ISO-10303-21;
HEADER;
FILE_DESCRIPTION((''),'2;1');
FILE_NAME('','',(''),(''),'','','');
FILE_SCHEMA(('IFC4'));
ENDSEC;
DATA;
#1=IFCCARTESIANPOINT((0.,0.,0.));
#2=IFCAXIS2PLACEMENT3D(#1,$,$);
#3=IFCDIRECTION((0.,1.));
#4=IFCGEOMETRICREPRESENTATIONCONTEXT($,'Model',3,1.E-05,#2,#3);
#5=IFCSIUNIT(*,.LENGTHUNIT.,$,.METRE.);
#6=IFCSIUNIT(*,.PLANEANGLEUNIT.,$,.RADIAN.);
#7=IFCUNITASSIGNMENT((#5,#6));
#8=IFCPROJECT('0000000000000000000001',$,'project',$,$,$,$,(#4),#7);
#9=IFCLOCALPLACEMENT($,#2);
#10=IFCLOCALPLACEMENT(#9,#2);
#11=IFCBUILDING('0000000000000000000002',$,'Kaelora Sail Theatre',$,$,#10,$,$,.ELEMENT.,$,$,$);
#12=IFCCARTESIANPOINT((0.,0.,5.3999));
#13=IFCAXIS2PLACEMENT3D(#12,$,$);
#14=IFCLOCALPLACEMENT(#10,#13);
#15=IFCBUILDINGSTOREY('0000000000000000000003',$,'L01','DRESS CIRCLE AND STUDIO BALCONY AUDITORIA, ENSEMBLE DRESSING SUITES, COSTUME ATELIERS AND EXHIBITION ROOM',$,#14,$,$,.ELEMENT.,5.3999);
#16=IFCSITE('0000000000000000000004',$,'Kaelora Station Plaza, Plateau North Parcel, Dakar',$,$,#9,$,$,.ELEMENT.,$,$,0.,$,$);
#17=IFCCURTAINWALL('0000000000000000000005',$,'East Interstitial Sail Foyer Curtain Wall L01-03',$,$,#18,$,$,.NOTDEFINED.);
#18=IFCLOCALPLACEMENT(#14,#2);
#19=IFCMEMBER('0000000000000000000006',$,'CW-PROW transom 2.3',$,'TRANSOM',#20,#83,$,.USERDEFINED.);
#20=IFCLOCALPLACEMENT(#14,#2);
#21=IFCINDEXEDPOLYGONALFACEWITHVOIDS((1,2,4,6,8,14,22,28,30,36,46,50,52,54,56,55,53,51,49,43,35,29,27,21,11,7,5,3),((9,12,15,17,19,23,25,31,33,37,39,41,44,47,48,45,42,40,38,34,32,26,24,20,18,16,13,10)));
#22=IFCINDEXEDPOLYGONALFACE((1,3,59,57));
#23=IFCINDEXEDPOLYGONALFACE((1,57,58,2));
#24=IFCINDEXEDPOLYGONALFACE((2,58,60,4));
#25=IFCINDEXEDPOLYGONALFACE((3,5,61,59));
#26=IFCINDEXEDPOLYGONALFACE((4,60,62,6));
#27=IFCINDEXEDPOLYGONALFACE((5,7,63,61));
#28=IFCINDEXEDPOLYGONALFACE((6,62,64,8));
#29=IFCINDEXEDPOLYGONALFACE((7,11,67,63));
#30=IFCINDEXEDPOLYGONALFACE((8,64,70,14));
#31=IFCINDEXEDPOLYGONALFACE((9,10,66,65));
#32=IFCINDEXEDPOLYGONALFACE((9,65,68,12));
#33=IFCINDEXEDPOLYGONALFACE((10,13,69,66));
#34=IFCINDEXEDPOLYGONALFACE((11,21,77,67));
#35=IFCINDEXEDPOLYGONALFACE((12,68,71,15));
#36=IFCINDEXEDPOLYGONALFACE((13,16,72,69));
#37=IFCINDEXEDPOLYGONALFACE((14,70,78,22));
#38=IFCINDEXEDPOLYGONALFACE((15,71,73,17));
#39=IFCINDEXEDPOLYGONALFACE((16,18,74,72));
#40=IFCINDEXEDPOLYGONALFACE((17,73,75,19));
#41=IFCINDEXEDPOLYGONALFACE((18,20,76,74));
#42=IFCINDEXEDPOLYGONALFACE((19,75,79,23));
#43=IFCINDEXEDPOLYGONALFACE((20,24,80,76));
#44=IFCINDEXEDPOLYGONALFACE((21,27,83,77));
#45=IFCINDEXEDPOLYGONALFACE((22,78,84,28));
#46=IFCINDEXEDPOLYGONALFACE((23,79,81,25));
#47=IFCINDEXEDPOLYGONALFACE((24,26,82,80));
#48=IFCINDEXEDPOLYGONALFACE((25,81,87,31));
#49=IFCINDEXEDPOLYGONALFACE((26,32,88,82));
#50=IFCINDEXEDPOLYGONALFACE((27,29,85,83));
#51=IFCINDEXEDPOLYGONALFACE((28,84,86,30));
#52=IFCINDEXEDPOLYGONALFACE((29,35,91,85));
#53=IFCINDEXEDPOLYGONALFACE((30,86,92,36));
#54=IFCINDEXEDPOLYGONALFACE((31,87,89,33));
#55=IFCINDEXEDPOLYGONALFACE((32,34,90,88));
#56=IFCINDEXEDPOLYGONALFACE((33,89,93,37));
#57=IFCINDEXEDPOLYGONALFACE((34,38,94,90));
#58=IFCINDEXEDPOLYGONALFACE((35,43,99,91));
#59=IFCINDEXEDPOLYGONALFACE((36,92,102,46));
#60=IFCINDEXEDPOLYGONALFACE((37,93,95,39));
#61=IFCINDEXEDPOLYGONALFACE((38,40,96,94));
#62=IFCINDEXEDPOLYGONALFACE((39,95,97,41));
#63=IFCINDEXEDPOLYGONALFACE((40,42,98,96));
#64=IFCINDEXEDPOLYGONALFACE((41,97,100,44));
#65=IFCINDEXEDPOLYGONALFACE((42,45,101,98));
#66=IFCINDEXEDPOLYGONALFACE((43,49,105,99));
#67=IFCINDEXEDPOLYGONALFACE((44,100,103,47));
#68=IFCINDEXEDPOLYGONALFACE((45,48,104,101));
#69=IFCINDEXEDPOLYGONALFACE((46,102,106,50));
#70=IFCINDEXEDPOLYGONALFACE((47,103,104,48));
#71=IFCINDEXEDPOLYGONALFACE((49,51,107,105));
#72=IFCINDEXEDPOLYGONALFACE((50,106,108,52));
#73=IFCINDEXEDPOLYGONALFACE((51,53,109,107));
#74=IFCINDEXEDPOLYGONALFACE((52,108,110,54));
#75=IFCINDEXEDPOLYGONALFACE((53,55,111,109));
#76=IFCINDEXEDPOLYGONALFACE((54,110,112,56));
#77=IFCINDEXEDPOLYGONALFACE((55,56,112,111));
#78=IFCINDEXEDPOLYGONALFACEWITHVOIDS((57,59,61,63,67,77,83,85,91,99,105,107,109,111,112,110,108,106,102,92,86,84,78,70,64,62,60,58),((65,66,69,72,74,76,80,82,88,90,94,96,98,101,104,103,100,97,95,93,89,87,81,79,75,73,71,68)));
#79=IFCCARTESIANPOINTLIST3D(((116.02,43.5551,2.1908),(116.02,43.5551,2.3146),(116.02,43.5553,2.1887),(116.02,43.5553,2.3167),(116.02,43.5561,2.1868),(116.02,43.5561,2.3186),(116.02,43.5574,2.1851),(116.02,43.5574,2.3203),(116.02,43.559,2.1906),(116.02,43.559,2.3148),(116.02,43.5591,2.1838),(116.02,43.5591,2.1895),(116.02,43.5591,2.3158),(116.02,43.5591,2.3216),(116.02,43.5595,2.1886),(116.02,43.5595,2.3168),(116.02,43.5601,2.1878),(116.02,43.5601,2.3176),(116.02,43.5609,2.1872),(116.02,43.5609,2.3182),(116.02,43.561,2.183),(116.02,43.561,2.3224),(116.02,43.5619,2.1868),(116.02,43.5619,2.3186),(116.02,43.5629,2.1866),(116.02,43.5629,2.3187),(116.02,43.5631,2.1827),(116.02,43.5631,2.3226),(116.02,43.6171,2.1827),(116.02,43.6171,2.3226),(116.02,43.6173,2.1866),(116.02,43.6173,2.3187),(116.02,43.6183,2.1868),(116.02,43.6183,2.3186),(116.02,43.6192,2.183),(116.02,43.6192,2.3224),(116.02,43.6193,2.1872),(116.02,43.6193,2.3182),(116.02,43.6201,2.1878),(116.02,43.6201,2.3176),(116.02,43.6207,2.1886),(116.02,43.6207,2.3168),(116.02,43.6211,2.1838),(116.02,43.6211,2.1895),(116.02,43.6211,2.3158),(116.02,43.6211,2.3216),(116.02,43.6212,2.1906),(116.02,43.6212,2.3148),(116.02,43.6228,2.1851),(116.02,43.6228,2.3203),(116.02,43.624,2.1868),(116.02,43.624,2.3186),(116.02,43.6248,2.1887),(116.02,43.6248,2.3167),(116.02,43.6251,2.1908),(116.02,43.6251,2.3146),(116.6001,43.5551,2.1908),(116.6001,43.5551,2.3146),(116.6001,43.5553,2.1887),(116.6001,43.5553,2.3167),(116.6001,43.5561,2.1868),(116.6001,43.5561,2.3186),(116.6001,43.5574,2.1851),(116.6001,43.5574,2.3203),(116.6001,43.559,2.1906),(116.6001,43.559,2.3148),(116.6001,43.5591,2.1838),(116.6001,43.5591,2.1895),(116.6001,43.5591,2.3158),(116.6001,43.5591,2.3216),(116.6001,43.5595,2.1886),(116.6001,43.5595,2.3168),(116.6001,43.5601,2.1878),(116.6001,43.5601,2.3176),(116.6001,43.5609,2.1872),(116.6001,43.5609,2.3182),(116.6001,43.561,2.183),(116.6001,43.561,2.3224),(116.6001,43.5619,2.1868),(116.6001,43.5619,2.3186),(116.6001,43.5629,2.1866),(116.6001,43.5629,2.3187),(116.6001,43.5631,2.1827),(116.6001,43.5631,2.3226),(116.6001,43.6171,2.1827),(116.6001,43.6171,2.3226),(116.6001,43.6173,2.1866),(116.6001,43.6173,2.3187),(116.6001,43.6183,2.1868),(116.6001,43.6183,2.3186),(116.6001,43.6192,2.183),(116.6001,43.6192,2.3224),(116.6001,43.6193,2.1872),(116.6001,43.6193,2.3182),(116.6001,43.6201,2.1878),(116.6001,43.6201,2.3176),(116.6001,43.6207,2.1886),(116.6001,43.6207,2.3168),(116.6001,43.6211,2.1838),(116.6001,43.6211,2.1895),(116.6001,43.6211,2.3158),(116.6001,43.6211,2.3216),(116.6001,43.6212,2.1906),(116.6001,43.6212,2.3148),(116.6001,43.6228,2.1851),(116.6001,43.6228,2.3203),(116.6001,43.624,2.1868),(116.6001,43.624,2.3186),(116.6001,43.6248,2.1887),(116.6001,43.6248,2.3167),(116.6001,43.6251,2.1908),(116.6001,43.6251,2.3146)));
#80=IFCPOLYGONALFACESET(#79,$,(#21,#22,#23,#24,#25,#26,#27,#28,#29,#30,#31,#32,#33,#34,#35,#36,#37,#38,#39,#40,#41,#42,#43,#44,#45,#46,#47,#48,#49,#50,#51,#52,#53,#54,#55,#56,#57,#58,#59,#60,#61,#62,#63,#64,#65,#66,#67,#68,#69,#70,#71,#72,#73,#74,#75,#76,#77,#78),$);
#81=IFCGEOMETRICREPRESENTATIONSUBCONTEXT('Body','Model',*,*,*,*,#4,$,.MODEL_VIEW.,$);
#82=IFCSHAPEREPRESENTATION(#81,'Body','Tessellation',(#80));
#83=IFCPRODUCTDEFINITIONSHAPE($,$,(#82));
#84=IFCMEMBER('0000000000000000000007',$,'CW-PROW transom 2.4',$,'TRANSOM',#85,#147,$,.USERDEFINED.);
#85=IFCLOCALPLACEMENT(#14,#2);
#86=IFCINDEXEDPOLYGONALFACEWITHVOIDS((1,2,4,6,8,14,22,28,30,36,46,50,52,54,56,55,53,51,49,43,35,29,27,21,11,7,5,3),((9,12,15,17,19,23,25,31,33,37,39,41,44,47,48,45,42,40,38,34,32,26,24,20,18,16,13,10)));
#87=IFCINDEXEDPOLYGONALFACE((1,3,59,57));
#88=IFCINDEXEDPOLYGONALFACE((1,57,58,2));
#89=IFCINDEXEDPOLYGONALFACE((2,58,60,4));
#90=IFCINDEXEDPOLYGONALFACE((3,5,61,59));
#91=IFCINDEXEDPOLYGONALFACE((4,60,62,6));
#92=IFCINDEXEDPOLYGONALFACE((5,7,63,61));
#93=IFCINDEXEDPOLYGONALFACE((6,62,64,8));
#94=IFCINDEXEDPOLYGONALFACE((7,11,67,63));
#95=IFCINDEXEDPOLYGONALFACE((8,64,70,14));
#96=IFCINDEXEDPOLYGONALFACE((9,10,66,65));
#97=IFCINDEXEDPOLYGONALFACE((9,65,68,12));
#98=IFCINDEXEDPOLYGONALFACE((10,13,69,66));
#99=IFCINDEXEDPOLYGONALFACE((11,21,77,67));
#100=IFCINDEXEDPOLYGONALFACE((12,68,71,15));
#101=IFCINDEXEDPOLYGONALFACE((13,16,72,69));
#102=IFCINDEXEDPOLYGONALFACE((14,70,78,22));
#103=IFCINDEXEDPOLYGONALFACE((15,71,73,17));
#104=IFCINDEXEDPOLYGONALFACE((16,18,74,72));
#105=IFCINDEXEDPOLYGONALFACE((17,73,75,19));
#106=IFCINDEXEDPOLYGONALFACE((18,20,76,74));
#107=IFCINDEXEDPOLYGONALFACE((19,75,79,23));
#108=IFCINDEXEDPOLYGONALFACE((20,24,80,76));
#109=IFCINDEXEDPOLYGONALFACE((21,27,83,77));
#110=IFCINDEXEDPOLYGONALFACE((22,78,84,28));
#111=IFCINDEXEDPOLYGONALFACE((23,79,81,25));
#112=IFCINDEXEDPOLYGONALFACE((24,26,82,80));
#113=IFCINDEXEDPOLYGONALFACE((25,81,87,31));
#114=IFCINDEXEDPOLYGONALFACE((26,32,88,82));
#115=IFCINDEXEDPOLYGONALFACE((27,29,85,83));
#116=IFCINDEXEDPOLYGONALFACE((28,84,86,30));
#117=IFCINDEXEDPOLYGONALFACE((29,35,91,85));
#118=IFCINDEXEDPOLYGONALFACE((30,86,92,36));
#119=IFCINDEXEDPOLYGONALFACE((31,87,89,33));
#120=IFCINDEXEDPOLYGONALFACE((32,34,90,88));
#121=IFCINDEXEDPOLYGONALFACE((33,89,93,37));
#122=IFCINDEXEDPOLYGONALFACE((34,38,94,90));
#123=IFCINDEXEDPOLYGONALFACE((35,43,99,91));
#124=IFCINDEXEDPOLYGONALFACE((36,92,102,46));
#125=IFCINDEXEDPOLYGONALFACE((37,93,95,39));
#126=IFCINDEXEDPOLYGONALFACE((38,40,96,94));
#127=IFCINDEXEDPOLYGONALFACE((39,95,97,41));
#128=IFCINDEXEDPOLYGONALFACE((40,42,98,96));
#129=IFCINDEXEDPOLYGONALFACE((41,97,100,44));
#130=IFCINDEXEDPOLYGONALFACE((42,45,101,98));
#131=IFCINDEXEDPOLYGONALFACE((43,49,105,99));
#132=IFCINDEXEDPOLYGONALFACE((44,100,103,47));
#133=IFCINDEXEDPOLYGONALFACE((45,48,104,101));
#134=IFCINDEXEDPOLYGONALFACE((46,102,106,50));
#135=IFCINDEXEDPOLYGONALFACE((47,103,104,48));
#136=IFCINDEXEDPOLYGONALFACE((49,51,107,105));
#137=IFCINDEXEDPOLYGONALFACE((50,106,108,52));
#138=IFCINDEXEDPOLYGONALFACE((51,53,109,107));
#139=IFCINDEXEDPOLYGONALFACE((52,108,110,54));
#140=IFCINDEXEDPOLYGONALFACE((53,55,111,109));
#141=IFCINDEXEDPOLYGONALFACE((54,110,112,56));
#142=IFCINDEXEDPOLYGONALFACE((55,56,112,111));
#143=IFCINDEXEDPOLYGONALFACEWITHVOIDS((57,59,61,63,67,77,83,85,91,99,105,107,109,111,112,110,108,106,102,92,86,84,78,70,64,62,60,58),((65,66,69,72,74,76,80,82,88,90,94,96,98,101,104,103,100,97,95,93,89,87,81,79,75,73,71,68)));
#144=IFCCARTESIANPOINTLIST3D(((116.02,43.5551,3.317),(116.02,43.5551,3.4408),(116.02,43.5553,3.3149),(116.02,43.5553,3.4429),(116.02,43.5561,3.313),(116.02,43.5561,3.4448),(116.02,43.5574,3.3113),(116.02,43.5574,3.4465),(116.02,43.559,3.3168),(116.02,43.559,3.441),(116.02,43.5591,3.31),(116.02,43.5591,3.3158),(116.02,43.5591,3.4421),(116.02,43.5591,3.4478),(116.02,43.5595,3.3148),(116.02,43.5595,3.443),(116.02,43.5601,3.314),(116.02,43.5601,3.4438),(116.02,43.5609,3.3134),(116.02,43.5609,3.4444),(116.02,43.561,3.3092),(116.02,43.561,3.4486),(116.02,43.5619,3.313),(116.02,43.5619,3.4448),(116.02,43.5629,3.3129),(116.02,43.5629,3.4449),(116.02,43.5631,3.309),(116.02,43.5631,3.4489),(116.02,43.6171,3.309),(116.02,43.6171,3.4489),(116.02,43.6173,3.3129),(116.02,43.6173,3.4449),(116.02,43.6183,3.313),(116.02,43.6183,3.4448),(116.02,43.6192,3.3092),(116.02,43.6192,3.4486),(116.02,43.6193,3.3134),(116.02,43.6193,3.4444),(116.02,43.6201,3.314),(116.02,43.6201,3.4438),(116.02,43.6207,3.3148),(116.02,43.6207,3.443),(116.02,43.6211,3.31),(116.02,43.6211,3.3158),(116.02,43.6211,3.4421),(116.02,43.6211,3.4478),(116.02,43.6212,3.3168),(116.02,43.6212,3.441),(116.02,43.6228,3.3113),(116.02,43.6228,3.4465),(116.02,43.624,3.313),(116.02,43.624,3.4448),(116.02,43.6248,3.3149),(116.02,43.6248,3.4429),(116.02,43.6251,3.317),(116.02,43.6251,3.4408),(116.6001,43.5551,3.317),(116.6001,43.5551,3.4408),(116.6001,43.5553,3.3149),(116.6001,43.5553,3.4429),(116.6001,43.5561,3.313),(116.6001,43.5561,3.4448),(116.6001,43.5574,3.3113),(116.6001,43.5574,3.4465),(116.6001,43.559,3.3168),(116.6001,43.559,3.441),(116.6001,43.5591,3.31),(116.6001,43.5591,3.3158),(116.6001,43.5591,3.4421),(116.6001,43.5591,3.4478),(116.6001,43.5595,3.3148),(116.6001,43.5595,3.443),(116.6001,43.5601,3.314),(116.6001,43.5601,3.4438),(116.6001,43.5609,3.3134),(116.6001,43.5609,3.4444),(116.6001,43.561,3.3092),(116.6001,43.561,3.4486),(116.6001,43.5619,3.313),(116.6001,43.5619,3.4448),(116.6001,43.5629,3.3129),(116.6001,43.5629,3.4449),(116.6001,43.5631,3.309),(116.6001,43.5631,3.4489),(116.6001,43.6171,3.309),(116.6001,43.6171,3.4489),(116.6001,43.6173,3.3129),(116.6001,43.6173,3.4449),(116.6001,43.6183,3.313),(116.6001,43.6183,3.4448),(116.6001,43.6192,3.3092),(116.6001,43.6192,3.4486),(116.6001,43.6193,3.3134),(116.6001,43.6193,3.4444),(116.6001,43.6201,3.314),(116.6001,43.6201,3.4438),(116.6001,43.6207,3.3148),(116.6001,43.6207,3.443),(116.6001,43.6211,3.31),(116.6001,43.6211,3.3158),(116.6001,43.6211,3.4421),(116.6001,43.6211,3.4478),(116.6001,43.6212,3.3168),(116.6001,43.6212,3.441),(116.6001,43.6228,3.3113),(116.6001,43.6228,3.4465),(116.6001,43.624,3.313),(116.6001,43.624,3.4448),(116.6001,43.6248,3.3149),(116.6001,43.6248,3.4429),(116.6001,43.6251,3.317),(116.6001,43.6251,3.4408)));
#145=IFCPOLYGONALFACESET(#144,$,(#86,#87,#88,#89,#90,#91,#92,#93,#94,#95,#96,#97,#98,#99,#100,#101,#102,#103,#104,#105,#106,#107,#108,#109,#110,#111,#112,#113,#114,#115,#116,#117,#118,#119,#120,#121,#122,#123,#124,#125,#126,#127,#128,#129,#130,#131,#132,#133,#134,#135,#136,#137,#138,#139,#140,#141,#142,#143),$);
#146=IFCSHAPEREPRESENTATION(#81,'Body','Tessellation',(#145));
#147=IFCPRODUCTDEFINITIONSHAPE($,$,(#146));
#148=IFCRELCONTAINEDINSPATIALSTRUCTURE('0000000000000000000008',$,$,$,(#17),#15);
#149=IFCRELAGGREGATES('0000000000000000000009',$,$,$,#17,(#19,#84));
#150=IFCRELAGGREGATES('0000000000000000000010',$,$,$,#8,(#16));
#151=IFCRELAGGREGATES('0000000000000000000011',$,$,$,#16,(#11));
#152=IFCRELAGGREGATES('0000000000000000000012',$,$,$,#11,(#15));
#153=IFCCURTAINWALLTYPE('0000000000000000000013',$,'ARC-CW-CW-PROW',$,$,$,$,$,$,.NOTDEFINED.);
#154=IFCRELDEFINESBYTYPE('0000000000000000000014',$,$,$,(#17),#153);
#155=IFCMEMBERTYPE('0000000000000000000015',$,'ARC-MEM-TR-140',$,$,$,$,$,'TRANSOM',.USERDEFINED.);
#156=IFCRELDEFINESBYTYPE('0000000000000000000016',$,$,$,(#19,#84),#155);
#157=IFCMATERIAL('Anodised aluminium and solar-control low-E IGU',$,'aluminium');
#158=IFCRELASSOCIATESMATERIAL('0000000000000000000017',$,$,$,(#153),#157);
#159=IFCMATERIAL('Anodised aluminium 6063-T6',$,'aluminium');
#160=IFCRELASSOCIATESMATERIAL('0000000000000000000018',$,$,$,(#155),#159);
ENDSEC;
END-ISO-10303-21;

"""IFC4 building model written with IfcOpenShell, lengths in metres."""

from ifc_helpers import new_model, si_unit, direction, frame, origin, origin_2d, place, context, subcontext, project, spatial, hollow_rectangle, extrude, material, material_profile, profile_set, type_object, element, aggregate, save


model = new_model("IFC4")

# Units and contexts
model_context = context("Model", 3, precision=1e-05, world=origin(), true_north=direction((0.0, 1.0)))
body_context = subcontext(model_context, "Body", "Model", "MODEL_VIEW")
ifc_project = project(units=[si_unit("LENGTHUNIT", "METRE"), si_unit("PLANEANGLEUNIT", "RADIAN")], contexts=[model_context])

# Site, building, storey
site_placement = place(None, origin())
site = spatial("IfcSite", under=ifc_project, at=site_placement, Name="Kaelora Station Plaza, Plateau North Parcel, Dakar", CompositionType="ELEMENT", RefElevation=0.0)
building_placement = place(site_placement, origin())
building = spatial("IfcBuilding", under=site, at=building_placement, Name="Kaelora Sail Theatre", CompositionType="ELEMENT")
storey_placement = place(building_placement, frame((0.0, 0.0, 5.3999)))
storey = spatial("IfcBuildingStorey", under=building, at=storey_placement, Name="L01", Description="DRESS CIRCLE AND STUDIO BALCONY AUDITORIA, ENSEMBLE DRESSING SUITES, COSTUME ATELIERS AND EXHIBITION ROOM", CompositionType="ELEMENT", Elevation=5.3999)

# Curtain wall, members
ifc_material_1 = material(Name="Anodised aluminium and solar-control low-E IGU", Category="aluminium")
curtain_wall_type = type_object("IfcCurtainWallType", Name="ARC-CW-CW-PROW", PredefinedType="NOTDEFINED", material=ifc_material_1)
curtain_wall_placement = place(storey_placement, origin())
curtain_wall = element("IfcCurtainWall", 1, at=curtain_wall_placement, inside=storey, type_object=curtain_wall_type, Name="East Interstitial Sail Foyer Curtain Wall L01-03", PredefinedType="NOTDEFINED")
ifc_material_2 = material(Name="Anodised aluminium 6063-T6", Category="aluminium")
ifc_material_profile_1 = material_profile(ifc_material_2, hollow_rectangle(XDim=0.0701, YDim=0.1399, WallThickness=0.0039, InnerFilletRadius=0.0039, OuterFilletRadius=0.0081, at=origin_2d()), Name="ALU-TRAN 70x140x4")
ifc_profile_set_1 = profile_set([ifc_material_profile_1], Name="Anodised aluminium 6063-T6")
member_type_1 = type_object("IfcMemberType", Name="ARC-MEM-TR-140", ElementType="TRANSOM", PredefinedType="USERDEFINED", material=ifc_profile_set_1)
member_1_placement = place(storey_placement, frame((116.02, 43.5901, 2.2527), z_axis=(1.0, 0.0, 0.0), x_axis=(0.0, 1.0, 0.0)))
member_1 = element("IfcMember", 2, at=member_1_placement, type_object=member_type_1, Name="CW-PROW transom 2.3", ObjectType="TRANSOM", PredefinedType="USERDEFINED", context=body_context, shape_type="SweptSolid", body=[
    extrude(hollow_rectangle(XDim=0.0701, YDim=0.1399, WallThickness=0.0039, InnerFilletRadius=0.0039, OuterFilletRadius=0.0081, at=origin_2d()), origin(), (0.0, 0.0, 1.0), 0.5801),
])
member_2_placement = place(storey_placement, frame((116.02, 43.5901, 3.3789), z_axis=(1.0, 0.0, 0.0), x_axis=(0.0, 1.0, 0.0)))
member_2 = element("IfcMember", 3, at=member_2_placement, type_object=member_type_1, Name="CW-PROW transom 2.4", ObjectType="TRANSOM", PredefinedType="USERDEFINED", context=body_context, shape_type="SweptSolid", body=[
    extrude(hollow_rectangle(XDim=0.0701, YDim=0.1399, WallThickness=0.0039, InnerFilletRadius=0.0039, OuterFilletRadius=0.0081, at=origin_2d()), origin(), (0.0, 0.0, 1.0), 0.5801),
])
aggregate(curtain_wall, [member_1, member_2])

save(model, "model.ifc")
